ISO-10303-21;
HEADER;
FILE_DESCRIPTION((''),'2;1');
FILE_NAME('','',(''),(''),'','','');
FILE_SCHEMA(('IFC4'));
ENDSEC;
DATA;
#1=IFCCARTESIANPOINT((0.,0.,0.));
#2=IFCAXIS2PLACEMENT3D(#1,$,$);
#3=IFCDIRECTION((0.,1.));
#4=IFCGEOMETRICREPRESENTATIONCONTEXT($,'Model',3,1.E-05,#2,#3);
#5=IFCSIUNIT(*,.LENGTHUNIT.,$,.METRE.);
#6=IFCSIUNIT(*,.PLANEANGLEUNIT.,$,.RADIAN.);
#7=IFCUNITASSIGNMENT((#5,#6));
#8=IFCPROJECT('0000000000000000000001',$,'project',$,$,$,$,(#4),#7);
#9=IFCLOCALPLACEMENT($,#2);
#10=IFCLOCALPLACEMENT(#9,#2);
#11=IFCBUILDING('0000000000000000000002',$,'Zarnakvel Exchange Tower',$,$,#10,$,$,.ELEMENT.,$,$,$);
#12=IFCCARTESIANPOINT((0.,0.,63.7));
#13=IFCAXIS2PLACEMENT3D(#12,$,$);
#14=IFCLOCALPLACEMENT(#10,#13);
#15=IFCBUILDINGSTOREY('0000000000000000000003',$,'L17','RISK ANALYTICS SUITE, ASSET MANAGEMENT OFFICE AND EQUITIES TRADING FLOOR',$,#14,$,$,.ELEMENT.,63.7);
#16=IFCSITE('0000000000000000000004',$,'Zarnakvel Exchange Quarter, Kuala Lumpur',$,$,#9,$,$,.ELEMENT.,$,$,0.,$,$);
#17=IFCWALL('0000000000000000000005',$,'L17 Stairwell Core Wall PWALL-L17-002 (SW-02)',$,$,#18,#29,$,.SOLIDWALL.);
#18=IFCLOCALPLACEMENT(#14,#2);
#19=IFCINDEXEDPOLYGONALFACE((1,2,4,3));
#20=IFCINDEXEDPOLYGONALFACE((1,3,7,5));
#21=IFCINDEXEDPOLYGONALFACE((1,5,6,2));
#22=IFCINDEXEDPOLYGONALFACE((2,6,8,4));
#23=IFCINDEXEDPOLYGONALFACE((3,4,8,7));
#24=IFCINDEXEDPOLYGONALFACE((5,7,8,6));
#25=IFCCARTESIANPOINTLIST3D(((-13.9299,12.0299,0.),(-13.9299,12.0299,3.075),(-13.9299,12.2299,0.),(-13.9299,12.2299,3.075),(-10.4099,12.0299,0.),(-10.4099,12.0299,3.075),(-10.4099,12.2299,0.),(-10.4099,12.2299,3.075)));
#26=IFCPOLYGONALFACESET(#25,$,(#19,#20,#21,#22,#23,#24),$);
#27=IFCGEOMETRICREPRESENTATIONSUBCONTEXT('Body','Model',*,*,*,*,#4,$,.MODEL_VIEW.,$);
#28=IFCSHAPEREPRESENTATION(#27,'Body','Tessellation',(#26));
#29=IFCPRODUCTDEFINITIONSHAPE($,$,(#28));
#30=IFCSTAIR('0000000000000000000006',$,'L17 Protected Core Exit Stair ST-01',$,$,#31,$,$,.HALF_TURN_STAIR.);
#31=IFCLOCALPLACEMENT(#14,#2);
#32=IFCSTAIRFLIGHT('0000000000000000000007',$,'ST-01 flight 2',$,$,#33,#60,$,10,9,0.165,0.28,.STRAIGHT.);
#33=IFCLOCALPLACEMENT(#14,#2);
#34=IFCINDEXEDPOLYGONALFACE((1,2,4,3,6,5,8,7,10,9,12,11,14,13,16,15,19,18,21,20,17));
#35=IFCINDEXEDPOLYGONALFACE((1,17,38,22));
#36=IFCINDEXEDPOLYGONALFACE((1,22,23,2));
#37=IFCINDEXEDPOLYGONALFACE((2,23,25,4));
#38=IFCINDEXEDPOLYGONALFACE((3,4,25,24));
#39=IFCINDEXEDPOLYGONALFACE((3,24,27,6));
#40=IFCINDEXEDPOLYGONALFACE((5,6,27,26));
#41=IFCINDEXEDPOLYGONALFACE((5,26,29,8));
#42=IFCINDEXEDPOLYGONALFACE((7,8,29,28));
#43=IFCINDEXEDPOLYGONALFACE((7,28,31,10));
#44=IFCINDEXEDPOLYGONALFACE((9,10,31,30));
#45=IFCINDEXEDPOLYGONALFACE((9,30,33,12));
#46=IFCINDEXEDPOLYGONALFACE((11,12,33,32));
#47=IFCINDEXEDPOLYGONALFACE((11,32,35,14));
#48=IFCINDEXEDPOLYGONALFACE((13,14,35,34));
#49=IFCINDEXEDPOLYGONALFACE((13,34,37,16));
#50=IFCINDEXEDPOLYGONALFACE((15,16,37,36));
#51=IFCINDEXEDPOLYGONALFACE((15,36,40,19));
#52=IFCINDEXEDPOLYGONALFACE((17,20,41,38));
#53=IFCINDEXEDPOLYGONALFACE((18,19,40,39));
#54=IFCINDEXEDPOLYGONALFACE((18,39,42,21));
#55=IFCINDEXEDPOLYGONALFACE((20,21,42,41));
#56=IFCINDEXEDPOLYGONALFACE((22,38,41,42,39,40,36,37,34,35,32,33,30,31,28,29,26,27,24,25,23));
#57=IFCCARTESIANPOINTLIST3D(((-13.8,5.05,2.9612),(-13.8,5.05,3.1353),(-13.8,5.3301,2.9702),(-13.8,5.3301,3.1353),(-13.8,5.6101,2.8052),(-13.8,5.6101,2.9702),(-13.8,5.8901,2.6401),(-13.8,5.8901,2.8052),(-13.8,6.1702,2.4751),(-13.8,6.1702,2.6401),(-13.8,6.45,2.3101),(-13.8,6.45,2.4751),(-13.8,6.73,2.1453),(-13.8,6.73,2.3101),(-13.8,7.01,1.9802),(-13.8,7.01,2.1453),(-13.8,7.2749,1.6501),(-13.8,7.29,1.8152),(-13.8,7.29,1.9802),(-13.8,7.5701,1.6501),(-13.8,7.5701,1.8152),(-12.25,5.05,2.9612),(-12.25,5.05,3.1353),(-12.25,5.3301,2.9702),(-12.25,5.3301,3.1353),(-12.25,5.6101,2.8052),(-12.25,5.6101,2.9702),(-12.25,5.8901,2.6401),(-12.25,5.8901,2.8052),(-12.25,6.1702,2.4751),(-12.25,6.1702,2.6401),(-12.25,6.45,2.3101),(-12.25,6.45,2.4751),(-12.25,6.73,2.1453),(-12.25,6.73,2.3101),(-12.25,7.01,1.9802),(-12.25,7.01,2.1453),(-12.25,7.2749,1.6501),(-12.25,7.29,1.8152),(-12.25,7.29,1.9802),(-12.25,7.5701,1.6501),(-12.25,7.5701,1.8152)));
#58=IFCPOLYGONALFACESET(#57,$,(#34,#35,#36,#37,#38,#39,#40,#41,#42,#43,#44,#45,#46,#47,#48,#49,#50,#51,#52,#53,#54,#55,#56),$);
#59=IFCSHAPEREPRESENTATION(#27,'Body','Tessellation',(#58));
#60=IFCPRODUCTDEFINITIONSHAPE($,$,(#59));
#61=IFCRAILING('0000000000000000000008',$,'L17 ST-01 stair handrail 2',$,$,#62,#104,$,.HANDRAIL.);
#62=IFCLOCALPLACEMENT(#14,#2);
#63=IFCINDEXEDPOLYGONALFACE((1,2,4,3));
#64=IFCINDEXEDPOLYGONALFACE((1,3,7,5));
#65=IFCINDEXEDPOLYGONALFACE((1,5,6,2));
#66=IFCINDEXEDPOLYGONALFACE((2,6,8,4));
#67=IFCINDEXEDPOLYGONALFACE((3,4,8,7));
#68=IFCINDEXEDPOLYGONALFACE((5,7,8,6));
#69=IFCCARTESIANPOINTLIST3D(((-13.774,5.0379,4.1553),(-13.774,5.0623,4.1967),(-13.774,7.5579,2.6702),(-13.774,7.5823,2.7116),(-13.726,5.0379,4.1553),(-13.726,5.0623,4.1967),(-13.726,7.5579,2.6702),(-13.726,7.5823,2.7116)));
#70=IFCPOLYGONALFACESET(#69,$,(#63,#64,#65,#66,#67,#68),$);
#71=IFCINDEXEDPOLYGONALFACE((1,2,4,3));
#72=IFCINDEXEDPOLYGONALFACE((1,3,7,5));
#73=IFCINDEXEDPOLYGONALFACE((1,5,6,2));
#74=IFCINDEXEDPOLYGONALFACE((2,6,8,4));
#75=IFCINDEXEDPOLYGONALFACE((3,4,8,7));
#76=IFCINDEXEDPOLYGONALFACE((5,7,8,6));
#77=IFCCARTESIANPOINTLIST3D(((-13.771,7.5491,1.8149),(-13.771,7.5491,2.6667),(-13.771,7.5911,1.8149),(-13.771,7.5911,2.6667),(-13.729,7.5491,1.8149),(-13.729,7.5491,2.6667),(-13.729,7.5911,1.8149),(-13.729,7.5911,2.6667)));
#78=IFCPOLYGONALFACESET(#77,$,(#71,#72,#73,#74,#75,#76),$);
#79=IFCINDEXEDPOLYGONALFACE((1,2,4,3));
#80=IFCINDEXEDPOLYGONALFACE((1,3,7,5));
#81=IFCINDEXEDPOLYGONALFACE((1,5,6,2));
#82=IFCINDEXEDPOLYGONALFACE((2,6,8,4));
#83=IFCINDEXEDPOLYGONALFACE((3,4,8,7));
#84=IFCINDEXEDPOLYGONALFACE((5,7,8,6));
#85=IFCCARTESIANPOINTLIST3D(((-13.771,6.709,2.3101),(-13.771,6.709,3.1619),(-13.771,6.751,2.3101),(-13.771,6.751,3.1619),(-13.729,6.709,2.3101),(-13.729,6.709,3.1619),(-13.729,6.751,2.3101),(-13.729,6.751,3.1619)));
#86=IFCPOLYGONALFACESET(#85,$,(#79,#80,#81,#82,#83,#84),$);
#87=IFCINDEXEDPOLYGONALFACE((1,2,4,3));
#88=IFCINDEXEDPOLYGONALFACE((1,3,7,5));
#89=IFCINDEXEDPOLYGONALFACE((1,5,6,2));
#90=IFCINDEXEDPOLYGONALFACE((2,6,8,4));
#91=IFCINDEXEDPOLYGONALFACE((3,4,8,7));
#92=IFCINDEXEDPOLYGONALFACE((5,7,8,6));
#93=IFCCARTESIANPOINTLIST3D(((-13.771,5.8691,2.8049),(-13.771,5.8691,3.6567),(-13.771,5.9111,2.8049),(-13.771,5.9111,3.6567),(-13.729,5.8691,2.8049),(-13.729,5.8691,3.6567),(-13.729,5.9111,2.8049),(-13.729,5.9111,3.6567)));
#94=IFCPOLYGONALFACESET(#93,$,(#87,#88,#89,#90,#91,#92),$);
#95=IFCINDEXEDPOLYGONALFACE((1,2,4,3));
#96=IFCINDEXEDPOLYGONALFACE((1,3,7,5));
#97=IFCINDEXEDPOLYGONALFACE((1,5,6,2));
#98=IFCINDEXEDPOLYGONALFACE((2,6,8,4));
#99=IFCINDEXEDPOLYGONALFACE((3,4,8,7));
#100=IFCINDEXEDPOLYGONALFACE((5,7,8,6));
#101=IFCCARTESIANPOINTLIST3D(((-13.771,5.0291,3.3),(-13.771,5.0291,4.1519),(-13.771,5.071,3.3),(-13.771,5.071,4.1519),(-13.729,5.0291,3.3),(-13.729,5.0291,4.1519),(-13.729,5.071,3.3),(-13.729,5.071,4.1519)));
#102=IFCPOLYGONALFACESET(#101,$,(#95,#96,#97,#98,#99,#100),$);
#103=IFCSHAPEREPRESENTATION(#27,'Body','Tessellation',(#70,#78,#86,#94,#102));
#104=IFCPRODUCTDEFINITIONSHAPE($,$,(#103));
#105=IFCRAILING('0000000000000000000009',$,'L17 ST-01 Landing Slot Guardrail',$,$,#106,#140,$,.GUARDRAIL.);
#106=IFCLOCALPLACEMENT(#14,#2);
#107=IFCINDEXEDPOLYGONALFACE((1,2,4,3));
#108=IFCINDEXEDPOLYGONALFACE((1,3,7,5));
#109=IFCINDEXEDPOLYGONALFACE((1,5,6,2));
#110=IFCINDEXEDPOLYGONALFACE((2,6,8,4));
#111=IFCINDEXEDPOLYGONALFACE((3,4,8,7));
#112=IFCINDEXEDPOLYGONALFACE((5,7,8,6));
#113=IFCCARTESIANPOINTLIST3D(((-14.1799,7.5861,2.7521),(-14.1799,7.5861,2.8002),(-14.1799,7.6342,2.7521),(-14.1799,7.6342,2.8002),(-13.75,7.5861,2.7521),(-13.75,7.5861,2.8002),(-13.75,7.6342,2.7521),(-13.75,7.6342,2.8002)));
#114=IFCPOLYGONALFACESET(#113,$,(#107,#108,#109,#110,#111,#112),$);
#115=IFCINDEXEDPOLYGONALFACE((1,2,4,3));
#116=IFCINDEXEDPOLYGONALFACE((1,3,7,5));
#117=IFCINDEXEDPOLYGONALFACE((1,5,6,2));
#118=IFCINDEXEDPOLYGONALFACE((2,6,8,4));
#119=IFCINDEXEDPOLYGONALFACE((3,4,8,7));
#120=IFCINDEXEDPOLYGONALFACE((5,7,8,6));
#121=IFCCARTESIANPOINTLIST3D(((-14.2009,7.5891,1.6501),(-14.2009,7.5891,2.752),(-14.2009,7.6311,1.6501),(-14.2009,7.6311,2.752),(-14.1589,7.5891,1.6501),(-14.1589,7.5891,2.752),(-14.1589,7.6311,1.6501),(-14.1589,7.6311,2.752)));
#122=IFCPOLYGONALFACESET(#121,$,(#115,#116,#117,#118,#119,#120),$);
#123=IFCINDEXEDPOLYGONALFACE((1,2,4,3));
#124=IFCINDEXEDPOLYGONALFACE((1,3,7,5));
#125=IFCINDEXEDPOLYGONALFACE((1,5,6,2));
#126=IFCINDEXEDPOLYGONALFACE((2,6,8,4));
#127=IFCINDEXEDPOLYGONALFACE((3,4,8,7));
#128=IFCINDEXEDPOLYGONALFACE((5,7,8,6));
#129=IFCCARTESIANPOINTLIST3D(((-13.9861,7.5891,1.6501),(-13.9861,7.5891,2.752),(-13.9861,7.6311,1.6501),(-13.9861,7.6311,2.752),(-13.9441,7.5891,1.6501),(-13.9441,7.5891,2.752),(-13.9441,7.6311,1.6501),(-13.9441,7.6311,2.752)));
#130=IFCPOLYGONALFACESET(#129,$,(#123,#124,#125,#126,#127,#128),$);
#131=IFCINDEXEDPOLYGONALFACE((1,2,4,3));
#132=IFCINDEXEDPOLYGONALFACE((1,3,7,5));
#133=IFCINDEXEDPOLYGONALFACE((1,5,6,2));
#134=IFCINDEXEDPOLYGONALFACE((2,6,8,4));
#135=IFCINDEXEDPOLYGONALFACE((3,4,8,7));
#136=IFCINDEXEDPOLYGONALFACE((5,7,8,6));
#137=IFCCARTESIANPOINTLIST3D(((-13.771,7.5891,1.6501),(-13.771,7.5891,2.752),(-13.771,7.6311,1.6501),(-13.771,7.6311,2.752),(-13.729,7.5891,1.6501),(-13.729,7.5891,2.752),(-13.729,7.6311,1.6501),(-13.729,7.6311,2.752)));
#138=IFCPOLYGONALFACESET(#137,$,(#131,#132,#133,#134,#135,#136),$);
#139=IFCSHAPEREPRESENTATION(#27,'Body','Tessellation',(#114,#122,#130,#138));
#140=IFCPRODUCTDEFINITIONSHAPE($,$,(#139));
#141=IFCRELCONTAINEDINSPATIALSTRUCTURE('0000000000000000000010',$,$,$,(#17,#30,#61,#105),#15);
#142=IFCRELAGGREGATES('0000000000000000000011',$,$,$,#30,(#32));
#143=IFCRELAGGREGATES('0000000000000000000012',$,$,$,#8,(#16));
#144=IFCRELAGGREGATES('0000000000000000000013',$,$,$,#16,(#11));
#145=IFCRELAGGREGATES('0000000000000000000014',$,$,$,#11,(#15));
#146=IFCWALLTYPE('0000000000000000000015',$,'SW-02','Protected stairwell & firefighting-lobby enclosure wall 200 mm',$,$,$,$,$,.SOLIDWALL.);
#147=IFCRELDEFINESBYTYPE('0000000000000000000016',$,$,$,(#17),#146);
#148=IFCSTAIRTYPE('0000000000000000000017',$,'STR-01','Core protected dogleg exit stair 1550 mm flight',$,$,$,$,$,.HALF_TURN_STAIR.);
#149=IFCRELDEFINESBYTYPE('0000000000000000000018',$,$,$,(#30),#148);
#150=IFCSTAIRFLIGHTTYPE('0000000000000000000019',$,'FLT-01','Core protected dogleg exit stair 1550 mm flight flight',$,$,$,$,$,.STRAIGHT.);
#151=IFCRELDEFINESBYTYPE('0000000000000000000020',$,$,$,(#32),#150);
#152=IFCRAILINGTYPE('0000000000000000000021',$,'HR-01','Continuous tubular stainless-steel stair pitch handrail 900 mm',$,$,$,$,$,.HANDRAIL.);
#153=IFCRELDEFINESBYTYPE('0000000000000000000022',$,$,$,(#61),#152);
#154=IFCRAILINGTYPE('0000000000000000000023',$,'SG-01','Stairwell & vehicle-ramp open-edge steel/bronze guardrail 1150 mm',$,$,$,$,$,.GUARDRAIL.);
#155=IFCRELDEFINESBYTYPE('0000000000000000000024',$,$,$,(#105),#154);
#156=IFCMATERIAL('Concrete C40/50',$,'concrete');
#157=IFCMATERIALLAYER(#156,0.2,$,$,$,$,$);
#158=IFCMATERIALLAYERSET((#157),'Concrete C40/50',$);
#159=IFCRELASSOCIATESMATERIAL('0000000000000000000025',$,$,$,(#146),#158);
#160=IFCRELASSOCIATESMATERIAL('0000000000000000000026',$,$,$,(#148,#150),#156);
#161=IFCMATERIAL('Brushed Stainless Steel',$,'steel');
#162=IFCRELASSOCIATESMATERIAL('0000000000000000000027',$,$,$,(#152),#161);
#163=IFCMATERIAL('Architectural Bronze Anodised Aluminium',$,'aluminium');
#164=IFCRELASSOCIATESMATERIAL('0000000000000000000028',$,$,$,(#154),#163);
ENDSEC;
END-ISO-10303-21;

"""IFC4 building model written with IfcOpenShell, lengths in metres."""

from ifc_helpers import new_model, si_unit, direction, frame, frame_2d, origin, origin_2d, place, context, subcontext, project, spatial, polyline, rectangle, outline, extrude, material, layer, layer_set, type_object, element, aggregate, save


model = new_model("IFC4")

# Units and contexts
model_context = context("Model", 3, precision=1e-05, world=origin(), true_north=direction((0.0, 1.0)))
body_context = subcontext(model_context, "Body", "Model", "MODEL_VIEW")
ifc_project = project(units=[si_unit("LENGTHUNIT", "METRE"), si_unit("PLANEANGLEUNIT", "RADIAN")], contexts=[model_context])

# Site, building, storey
site_placement = place(None, origin())
site = spatial("IfcSite", under=ifc_project, at=site_placement, Name="Zarnakvel Exchange Quarter, Kuala Lumpur", CompositionType="ELEMENT", RefElevation=0.0)
building_placement = place(site_placement, origin())
building = spatial("IfcBuilding", under=site, at=building_placement, Name="Zarnakvel Exchange Tower", CompositionType="ELEMENT")
storey_placement = place(building_placement, frame((0.0, 0.0, 63.7)))
storey = spatial("IfcBuildingStorey", under=building, at=storey_placement, Name="L17", Description="RISK ANALYTICS SUITE, ASSET MANAGEMENT OFFICE AND EQUITIES TRADING FLOOR", CompositionType="ELEMENT", Elevation=63.7)

# Shared definitions
ifc_material_1 = material(Name="Architectural Bronze Anodised Aluminium", Category="aluminium")

# Wall
ifc_material_2 = material(Name="Concrete C40/50", Category="concrete")
ifc_layer_1 = layer(ifc_material_2, 0.2)
ifc_layer_set_1 = layer_set([ifc_layer_1], Name="Concrete C40/50")
wall_type_1 = type_object("IfcWallType", Name="SW-02", Description="Protected stairwell & firefighting-lobby enclosure wall 200 mm", PredefinedType="SOLIDWALL", material=ifc_layer_set_1)
wall_1_placement = place(storey_placement, frame((-13.9299, 12.1299, 0.0), z_axis=(0.0, 0.0, 1.0), x_axis=(1.0, 0.0, 0.0)))
element("IfcWall", 1, at=wall_1_placement, inside=storey, type_object=wall_type_1, Name="L17 Stairwell Core Wall PWALL-L17-002 (SW-02)", PredefinedType="SOLIDWALL", context=body_context, shape_type="SweptSolid", body=[
    extrude(rectangle(XDim=3.52, YDim=0.2, at=frame_2d((1.76, 0.0))), origin(), (0.0, 0.0, 1.0), 3.075),
])

# Stair, stair flight
stair_type = type_object("IfcStairType", Name="STR-01", Description="Core protected dogleg exit stair 1550 mm flight", PredefinedType="HALF_TURN_STAIR", material=ifc_material_2)
stair_placement = place(storey_placement, origin())
stair = element("IfcStair", 2, at=stair_placement, inside=storey, type_object=stair_type, Name="L17 Protected Core Exit Stair ST-01", PredefinedType="HALF_TURN_STAIR")
stair_flight_type = type_object("IfcStairFlightType", Name="FLT-01", Description="Core protected dogleg exit stair 1550 mm flight flight", PredefinedType="STRAIGHT", material=ifc_material_2)
stair_flight_placement = place(storey_placement, frame((-13.0249, 7.5701, 1.6501), z_axis=(0.0, 0.0, 1.0), x_axis=(0.0, -1.0, 0.0)))
stair_flight = element("IfcStairFlight", 3, at=stair_flight_placement, type_object=stair_flight_type, Name="ST-01 flight 2", NumberOfRisers=10, NumberOfTreads=9, PredefinedType="STRAIGHT", RiserHeight=0.165, TreadLength=0.28, context=body_context, shape_type="SweptSolid", body=[
    extrude(outline(polyline([(0.0, 0.0), (0.0, 0.165), (0.28, 0.165), (0.28, 0.3301), (0.5601, 0.3301), (0.5601, 0.4951), (0.8401, 0.4951), (0.8401, 0.6599), (1.1201, 0.6599), (1.1201, 0.825), (1.3999, 0.825), (1.3999, 0.99), (1.6799, 0.99), (1.6799, 1.155), (1.96, 1.155), (1.96, 1.3201), (2.24, 1.3201), (2.24, 1.4851), (2.52, 1.4851), (2.52, 1.6499), (2.52, 1.311), (0.2952, 0.0), (0.0, 0.0)])), frame((0.0, 0.7749, 0.0), z_axis=(0.0, -1.0, 0.0), x_axis=(1.0, 0.0, 0.0)), (0.0, 0.0, 1.0), 1.55),
])
aggregate(stair, [stair_flight])

# Railings
ifc_material_3 = material(Name="Brushed Stainless Steel", Category="steel")
railing_type_1 = type_object("IfcRailingType", Name="HR-01", Description="Continuous tubular stainless-steel stair pitch handrail 900 mm", PredefinedType="HANDRAIL", material=ifc_material_3)
railing_1_placement = place(storey_placement, frame((-13.75, 7.5701, 1.8149)))
element("IfcRailing", 4, at=railing_1_placement, inside=storey, type_object=railing_type_1, Name="L17 ST-01 stair handrail 2", PredefinedType="HANDRAIL", context=body_context, shape_type="SweptSolid", body=[
    extrude(rectangle(XDim=0.0481, YDim=0.0481, at=origin_2d()), frame((0.0, 0.0, 0.876), z_axis=(0.0, -0.861524, 0.507717), x_axis=(1.0, 0.0, 0.0)), (0.0, 0.0, 1.0), 2.925),
    extrude(rectangle(XDim=0.042, YDim=0.042, at=origin_2d()), origin(), (0.0, 0.0, 1.0), 0.8518),
    extrude(rectangle(XDim=0.042, YDim=0.042, at=origin_2d()), frame((0.0, -0.8401, 0.4951)), (0.0, 0.0, 1.0), 0.8518),
    extrude(rectangle(XDim=0.042, YDim=0.042, at=origin_2d()), frame((0.0, -1.6799, 0.99)), (0.0, 0.0, 1.0), 0.8518),
    extrude(rectangle(XDim=0.042, YDim=0.042, at=origin_2d()), frame((0.0, -2.52, 1.4851)), (0.0, 0.0, 1.0), 0.8518),
])
railing_type_2 = type_object("IfcRailingType", Name="SG-01", Description="Stairwell & vehicle-ramp open-edge steel/bronze guardrail 1150 mm", PredefinedType="GUARDRAIL", material=ifc_material_1)
railing_2_placement = place(storey_placement, frame((-14.1799, 7.6101, 1.6501)))
element("IfcRailing", 5, at=railing_2_placement, inside=storey, type_object=railing_type_2, Name="L17 ST-01 Landing Slot Guardrail", PredefinedType="GUARDRAIL", context=body_context, shape_type="SweptSolid", body=[
    extrude(rectangle(XDim=0.0481, YDim=0.0481, at=origin_2d()), frame((0.0, 0.0, 1.126), z_axis=(1.0, 0.0, 0.0), x_axis=(0.0, 1.0, 0.0)), (0.0, 0.0, 1.0), 0.4299),
    extrude(rectangle(XDim=0.042, YDim=0.042, at=origin_2d()), origin(), (0.0, 0.0, 1.0), 1.1018),
    extrude(rectangle(XDim=0.042, YDim=0.042, at=origin_2d()), frame((0.2148, 0.0, 0.0)), (0.0, 0.0, 1.0), 1.1018),
    extrude(rectangle(XDim=0.042, YDim=0.042, at=origin_2d()), frame((0.4299, 0.0, 0.0)), (0.0, 0.0, 1.0), 1.1018),
])

save(model, "model.ifc")
